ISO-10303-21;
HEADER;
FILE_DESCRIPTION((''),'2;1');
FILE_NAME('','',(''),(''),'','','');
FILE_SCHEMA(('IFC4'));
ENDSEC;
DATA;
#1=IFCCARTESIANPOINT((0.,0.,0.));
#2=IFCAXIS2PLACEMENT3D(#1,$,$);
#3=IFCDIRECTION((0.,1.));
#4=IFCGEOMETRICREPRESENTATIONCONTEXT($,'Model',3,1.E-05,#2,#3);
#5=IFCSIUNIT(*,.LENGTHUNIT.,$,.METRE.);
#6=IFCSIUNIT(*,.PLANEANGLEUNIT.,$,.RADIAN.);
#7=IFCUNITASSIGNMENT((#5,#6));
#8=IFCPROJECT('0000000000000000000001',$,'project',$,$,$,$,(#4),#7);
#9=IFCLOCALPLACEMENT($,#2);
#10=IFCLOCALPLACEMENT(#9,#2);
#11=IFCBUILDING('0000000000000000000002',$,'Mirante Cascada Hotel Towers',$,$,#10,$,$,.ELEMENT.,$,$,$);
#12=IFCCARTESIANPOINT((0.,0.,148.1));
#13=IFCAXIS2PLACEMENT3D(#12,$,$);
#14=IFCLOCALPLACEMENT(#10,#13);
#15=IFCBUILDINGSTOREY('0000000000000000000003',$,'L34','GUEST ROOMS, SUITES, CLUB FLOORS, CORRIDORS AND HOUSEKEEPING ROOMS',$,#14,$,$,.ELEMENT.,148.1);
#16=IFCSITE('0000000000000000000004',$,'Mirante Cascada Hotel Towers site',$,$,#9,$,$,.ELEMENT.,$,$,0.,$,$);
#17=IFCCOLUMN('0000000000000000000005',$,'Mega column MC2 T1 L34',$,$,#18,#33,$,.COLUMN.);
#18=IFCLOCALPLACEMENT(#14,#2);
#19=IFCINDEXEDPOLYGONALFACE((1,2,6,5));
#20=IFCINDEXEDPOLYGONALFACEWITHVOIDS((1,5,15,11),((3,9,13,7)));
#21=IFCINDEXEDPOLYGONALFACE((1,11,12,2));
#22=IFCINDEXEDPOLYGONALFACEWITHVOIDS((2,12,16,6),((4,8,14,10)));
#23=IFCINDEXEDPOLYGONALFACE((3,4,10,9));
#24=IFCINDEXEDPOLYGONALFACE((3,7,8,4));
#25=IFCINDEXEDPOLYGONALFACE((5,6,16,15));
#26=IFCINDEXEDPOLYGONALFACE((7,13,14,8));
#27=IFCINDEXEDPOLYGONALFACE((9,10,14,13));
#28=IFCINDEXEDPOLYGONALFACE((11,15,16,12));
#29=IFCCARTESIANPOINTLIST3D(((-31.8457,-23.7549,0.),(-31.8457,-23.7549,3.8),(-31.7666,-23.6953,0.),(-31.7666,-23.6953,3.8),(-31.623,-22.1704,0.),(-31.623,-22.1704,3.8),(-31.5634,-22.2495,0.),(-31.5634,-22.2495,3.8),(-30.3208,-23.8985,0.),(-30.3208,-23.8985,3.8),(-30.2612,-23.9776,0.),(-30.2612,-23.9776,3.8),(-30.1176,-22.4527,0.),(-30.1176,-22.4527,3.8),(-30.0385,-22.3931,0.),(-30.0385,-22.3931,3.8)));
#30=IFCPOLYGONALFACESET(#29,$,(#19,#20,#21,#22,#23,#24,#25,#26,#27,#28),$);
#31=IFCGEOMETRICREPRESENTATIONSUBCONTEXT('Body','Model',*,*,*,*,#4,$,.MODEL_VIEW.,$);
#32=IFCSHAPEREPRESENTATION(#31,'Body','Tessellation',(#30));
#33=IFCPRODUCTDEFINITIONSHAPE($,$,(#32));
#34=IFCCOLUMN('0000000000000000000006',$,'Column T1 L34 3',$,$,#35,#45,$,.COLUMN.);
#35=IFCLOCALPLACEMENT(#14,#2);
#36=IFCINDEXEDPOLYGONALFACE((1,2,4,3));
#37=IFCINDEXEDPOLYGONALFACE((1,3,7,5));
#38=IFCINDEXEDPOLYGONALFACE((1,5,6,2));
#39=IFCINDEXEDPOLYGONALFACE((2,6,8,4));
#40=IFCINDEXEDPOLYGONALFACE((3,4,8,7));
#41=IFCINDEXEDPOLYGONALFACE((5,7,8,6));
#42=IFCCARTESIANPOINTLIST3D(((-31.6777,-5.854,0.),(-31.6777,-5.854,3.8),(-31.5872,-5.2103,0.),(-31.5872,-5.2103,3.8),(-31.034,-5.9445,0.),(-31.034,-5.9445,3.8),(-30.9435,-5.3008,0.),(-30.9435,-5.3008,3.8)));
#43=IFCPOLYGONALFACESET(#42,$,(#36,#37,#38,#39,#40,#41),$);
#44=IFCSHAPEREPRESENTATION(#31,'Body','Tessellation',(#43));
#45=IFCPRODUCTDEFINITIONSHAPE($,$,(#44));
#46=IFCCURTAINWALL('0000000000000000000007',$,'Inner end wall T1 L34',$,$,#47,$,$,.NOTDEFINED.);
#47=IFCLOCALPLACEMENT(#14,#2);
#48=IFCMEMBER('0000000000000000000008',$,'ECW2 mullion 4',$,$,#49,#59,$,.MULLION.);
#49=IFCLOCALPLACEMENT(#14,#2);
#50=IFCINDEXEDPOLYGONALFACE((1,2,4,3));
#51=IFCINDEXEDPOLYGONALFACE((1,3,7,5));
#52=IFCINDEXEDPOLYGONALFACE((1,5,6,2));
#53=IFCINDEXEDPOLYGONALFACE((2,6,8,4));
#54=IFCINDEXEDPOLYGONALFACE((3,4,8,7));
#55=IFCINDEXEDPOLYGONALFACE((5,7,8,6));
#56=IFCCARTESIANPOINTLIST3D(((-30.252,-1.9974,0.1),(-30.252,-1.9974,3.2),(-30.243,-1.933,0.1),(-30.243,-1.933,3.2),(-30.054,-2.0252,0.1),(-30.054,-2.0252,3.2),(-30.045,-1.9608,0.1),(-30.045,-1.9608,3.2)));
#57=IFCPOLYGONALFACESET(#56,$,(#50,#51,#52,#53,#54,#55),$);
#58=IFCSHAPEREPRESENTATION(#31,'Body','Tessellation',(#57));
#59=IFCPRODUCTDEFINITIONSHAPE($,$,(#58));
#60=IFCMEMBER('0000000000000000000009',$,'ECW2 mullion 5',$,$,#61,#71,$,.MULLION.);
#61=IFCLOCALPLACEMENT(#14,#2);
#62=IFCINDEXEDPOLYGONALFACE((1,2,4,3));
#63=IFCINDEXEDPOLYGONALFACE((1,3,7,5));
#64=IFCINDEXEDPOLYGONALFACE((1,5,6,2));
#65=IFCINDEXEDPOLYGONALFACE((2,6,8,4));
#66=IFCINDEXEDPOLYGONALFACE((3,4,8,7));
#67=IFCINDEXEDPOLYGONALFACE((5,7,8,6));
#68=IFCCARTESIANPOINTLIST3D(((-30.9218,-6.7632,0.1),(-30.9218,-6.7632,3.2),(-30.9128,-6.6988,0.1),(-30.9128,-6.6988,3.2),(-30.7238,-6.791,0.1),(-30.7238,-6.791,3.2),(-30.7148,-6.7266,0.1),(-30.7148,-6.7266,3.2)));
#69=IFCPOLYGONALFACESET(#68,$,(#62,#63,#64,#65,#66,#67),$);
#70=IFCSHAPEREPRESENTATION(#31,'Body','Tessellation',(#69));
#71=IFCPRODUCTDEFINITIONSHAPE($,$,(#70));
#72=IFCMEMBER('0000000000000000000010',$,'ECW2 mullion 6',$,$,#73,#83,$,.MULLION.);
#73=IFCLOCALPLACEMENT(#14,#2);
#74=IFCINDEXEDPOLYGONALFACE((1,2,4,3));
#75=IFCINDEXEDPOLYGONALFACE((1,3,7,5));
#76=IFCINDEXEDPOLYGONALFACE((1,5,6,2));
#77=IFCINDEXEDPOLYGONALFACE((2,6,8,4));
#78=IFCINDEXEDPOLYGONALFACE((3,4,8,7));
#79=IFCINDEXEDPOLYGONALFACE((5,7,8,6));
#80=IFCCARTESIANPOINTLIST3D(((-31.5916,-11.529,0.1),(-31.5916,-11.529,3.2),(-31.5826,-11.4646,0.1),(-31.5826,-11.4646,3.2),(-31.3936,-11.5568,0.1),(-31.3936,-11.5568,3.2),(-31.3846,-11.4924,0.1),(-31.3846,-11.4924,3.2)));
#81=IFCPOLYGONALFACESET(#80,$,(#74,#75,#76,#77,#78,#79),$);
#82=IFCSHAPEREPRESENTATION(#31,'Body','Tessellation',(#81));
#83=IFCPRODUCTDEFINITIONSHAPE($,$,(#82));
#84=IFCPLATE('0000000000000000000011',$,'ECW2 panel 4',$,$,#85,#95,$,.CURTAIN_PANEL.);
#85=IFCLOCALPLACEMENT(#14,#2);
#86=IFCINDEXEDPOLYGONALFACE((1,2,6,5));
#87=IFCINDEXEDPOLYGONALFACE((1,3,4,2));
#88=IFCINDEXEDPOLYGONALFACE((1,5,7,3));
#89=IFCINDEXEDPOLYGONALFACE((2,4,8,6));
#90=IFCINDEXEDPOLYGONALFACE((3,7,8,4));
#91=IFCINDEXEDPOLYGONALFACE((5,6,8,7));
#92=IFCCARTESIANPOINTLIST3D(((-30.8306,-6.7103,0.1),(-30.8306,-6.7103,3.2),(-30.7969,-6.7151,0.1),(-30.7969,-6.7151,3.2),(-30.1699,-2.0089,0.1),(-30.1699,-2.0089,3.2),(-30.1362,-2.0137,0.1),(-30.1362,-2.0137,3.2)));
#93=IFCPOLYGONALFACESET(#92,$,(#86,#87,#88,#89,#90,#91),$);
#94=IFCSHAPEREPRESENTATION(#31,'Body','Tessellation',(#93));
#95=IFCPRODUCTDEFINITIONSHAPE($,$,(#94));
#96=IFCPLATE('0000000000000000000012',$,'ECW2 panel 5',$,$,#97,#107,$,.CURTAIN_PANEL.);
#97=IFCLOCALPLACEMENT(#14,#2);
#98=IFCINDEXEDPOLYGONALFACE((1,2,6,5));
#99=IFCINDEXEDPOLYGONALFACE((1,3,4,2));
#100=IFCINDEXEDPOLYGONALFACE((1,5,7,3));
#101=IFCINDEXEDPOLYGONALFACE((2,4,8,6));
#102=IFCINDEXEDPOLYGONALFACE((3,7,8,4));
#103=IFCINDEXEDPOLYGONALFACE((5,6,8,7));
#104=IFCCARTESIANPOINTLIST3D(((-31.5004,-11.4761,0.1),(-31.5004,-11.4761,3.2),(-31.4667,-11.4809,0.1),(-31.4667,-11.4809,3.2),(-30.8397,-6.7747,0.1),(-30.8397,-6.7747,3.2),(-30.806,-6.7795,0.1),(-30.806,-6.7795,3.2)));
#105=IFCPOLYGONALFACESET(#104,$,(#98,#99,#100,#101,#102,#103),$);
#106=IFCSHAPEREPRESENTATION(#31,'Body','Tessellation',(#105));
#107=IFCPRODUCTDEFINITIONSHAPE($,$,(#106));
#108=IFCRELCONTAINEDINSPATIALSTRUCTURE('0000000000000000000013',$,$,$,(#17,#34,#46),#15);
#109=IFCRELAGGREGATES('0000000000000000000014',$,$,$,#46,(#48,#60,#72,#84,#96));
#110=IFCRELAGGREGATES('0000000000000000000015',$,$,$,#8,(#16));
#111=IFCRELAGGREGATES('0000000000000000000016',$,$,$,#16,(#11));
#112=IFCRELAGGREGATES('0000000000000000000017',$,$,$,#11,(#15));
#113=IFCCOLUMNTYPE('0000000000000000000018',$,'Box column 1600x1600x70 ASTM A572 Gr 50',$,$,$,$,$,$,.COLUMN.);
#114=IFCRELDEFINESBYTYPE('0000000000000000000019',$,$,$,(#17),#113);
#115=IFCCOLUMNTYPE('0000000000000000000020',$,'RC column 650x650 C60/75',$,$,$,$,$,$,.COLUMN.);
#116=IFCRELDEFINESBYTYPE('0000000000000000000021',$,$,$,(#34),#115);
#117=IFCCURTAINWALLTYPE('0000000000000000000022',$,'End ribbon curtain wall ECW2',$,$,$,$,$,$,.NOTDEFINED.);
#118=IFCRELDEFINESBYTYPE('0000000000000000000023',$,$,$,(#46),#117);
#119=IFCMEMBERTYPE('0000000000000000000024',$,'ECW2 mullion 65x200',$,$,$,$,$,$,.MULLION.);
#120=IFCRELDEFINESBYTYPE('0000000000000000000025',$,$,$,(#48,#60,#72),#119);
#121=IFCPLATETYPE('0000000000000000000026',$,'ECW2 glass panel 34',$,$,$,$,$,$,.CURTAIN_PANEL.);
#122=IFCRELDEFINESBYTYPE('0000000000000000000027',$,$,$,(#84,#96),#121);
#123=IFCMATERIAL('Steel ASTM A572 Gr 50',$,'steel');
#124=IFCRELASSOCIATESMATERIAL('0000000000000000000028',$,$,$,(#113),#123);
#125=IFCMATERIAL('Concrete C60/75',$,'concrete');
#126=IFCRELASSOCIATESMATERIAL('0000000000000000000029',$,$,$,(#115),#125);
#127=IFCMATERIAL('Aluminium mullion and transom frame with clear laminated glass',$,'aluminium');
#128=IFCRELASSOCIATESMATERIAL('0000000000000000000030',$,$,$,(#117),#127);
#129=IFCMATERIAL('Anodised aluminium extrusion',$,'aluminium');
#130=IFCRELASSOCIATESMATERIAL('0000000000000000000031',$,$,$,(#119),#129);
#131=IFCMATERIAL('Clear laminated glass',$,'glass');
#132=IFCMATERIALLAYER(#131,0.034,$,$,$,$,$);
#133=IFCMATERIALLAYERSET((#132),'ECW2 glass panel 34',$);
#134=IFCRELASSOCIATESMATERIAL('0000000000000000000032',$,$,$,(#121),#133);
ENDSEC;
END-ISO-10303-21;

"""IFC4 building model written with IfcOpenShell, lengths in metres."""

from ifc_helpers import new_model, si_unit, direction, frame, origin, origin_2d, place, context, subcontext, project, spatial, rectangle, hollow_rectangle, extrude, material, layer, layer_set, material_profile, profile_set, type_object, element, aggregate, save


model = new_model("IFC4")

# Units and contexts
model_context = context("Model", 3, precision=1e-05, world=origin(), true_north=direction((0.0, 1.0)))
body_context = subcontext(model_context, "Body", "Model", "MODEL_VIEW")
ifc_project = project(units=[si_unit("LENGTHUNIT", "METRE"), si_unit("PLANEANGLEUNIT", "RADIAN")], contexts=[model_context])

# Site, building, storey
site_placement = place(None, origin())
site = spatial("IfcSite", under=ifc_project, at=site_placement, Name="Mirante Cascada Hotel Towers site", CompositionType="ELEMENT", RefElevation=0.0)
building_placement = place(site_placement, origin())
building = spatial("IfcBuilding", under=site, at=building_placement, Name="Mirante Cascada Hotel Towers", CompositionType="ELEMENT")
storey_placement = place(building_placement, frame((0.0, 0.0, 148.1)))
storey = spatial("IfcBuildingStorey", under=building, at=storey_placement, Name="L34", Description="GUEST ROOMS, SUITES, CLUB FLOORS, CORRIDORS AND HOUSEKEEPING ROOMS", CompositionType="ELEMENT", Elevation=148.1)

# Columns
ifc_material_1 = material(Name="Steel ASTM A572 Gr 50", Category="steel")
ifc_material_profile_1 = material_profile(ifc_material_1, hollow_rectangle(XDim=1.6, YDim=1.6, WallThickness=0.07, at=origin_2d()), Name="Box column 1600x1600x70 ASTM A572 Gr 50")
ifc_profile_set_1 = profile_set([ifc_material_profile_1], Name="Steel ASTM A572 Gr 50")
column_type_1 = type_object("IfcColumnType", Name="Box column 1600x1600x70 ASTM A572 Gr 50", PredefinedType="COLUMN", material=ifc_profile_set_1)
column_1_placement = place(storey_placement, frame((-30.9421, -23.074, 0.0), z_axis=(0.0, 0.0, 1.0), x_axis=(-0.990268, 0.139173, 0.0)))
element("IfcColumn", 1, at=column_1_placement, inside=storey, type_object=column_type_1, Name="Mega column MC2 T1 L34", PredefinedType="COLUMN", context=body_context, shape_type="SweptSolid", body=[
    extrude(hollow_rectangle(XDim=1.6, YDim=1.6, WallThickness=0.07, at=origin_2d()), origin(), (0.0, 0.0, 1.0), 3.8),
])
ifc_material_2 = material(Name="Concrete C60/75", Category="concrete")
ifc_material_profile_2 = material_profile(ifc_material_2, rectangle(XDim=0.65, YDim=0.65, at=origin_2d()), Name="RC column 650x650 C60/75")
ifc_profile_set_2 = profile_set([ifc_material_profile_2], Name="Concrete C60/75")
column_type_2 = type_object("IfcColumnType", Name="RC column 650x650 C60/75", PredefinedType="COLUMN", material=ifc_profile_set_2)
column_2_placement = place(storey_placement, frame((-31.3106, -5.5774, 0.0), z_axis=(0.0, 0.0, 1.0), x_axis=(-0.990268, 0.139173, 0.0)))
element("IfcColumn", 2, at=column_2_placement, inside=storey, type_object=column_type_2, Name="Column T1 L34 3", PredefinedType="COLUMN", context=body_context, shape_type="SweptSolid", body=[
    extrude(rectangle(XDim=0.65, YDim=0.65, at=origin_2d()), origin(), (0.0, 0.0, 1.0), 3.8),
])

# Curtain wall, members, plates
ifc_material_3 = material(Name="Aluminium mullion and transom frame with clear laminated glass", Category="aluminium")
curtain_wall_type = type_object("IfcCurtainWallType", Name="End ribbon curtain wall ECW2", PredefinedType="NOTDEFINED", material=ifc_material_3)
curtain_wall_placement = place(storey_placement, origin())
curtain_wall = element("IfcCurtainWall", 3, at=curtain_wall_placement, inside=storey, type_object=curtain_wall_type, Name="Inner end wall T1 L34", PredefinedType="NOTDEFINED")
ifc_material_4 = material(Name="Anodised aluminium extrusion", Category="aluminium")
ifc_material_profile_3 = material_profile(ifc_material_4, rectangle(XDim=0.2, YDim=0.065, at=origin_2d()), Name="ECW2 MULLION 65x200")
ifc_profile_set_3 = profile_set([ifc_material_profile_3], Name="Anodised aluminium extrusion")
member_type = type_object("IfcMemberType", Name="ECW2 mullion 65x200", PredefinedType="MULLION", material=ifc_profile_set_3)
member_1_placement = place(storey_placement, frame((-30.1485, -1.9791, 0.1), z_axis=(0.0, 0.0, 1.0), x_axis=(0.990268, -0.139173, 0.0)))
member_1 = element("IfcMember", 4, at=member_1_placement, type_object=member_type, Name="ECW2 mullion 4", PredefinedType="MULLION", context=body_context, shape_type="SweptSolid", body=[
    extrude(rectangle(XDim=0.2, YDim=0.065, at=origin_2d()), origin(), (0.0, 0.0, 1.0), 3.1),
])
member_2_placement = place(storey_placement, frame((-30.8183, -6.7449, 0.1), z_axis=(0.0, 0.0, 1.0), x_axis=(0.990268, -0.139173, 0.0)))
member_2 = element("IfcMember", 5, at=member_2_placement, type_object=member_type, Name="ECW2 mullion 5", PredefinedType="MULLION", context=body_context, shape_type="SweptSolid", body=[
    extrude(rectangle(XDim=0.2, YDim=0.065, at=origin_2d()), origin(), (0.0, 0.0, 1.0), 3.1),
])
member_3_placement = place(storey_placement, frame((-31.4881, -11.5107, 0.1), z_axis=(0.0, 0.0, 1.0), x_axis=(0.990268, -0.139173, 0.0)))
member_3 = element("IfcMember", 6, at=member_3_placement, type_object=member_type, Name="ECW2 mullion 6", PredefinedType="MULLION", context=body_context, shape_type="SweptSolid", body=[
    extrude(rectangle(XDim=0.2, YDim=0.065, at=origin_2d()), origin(), (0.0, 0.0, 1.0), 3.1),
])
ifc_material_5 = material(Name="Clear laminated glass", Category="glass")
ifc_layer_1 = layer(ifc_material_5, 0.034)
ifc_layer_set_1 = layer_set([ifc_layer_1], Name="ECW2 glass panel 34")
plate_type = type_object("IfcPlateType", Name="ECW2 glass panel 34", PredefinedType="CURTAIN_PANEL", material=ifc_layer_set_1)
plate_1_placement = place(storey_placement, frame((-30.4834, -4.362, 0.1), z_axis=(0.0, 0.0, 1.0), x_axis=(-0.139173, -0.990268, 0.0)))
plate_1 = element("IfcPlate", 7, at=plate_1_placement, type_object=plate_type, Name="ECW2 panel 4", PredefinedType="CURTAIN_PANEL", context=body_context, shape_type="SweptSolid", body=[
    extrude(rectangle(XDim=4.7476, YDim=0.034, at=origin_2d()), origin(), (0.0, 0.0, 1.0), 3.1),
])
plate_2_placement = place(storey_placement, frame((-31.1532, -9.1278, 0.1), z_axis=(0.0, 0.0, 1.0), x_axis=(-0.139173, -0.990268, 0.0)))
plate_2 = element("IfcPlate", 8, at=plate_2_placement, type_object=plate_type, Name="ECW2 panel 5", PredefinedType="CURTAIN_PANEL", context=body_context, shape_type="SweptSolid", body=[
    extrude(rectangle(XDim=4.7476, YDim=0.034, at=origin_2d()), origin(), (0.0, 0.0, 1.0), 3.1),
])
aggregate(curtain_wall, [member_1, member_2, member_3, plate_1, plate_2])

save(model, "model.ifc")
